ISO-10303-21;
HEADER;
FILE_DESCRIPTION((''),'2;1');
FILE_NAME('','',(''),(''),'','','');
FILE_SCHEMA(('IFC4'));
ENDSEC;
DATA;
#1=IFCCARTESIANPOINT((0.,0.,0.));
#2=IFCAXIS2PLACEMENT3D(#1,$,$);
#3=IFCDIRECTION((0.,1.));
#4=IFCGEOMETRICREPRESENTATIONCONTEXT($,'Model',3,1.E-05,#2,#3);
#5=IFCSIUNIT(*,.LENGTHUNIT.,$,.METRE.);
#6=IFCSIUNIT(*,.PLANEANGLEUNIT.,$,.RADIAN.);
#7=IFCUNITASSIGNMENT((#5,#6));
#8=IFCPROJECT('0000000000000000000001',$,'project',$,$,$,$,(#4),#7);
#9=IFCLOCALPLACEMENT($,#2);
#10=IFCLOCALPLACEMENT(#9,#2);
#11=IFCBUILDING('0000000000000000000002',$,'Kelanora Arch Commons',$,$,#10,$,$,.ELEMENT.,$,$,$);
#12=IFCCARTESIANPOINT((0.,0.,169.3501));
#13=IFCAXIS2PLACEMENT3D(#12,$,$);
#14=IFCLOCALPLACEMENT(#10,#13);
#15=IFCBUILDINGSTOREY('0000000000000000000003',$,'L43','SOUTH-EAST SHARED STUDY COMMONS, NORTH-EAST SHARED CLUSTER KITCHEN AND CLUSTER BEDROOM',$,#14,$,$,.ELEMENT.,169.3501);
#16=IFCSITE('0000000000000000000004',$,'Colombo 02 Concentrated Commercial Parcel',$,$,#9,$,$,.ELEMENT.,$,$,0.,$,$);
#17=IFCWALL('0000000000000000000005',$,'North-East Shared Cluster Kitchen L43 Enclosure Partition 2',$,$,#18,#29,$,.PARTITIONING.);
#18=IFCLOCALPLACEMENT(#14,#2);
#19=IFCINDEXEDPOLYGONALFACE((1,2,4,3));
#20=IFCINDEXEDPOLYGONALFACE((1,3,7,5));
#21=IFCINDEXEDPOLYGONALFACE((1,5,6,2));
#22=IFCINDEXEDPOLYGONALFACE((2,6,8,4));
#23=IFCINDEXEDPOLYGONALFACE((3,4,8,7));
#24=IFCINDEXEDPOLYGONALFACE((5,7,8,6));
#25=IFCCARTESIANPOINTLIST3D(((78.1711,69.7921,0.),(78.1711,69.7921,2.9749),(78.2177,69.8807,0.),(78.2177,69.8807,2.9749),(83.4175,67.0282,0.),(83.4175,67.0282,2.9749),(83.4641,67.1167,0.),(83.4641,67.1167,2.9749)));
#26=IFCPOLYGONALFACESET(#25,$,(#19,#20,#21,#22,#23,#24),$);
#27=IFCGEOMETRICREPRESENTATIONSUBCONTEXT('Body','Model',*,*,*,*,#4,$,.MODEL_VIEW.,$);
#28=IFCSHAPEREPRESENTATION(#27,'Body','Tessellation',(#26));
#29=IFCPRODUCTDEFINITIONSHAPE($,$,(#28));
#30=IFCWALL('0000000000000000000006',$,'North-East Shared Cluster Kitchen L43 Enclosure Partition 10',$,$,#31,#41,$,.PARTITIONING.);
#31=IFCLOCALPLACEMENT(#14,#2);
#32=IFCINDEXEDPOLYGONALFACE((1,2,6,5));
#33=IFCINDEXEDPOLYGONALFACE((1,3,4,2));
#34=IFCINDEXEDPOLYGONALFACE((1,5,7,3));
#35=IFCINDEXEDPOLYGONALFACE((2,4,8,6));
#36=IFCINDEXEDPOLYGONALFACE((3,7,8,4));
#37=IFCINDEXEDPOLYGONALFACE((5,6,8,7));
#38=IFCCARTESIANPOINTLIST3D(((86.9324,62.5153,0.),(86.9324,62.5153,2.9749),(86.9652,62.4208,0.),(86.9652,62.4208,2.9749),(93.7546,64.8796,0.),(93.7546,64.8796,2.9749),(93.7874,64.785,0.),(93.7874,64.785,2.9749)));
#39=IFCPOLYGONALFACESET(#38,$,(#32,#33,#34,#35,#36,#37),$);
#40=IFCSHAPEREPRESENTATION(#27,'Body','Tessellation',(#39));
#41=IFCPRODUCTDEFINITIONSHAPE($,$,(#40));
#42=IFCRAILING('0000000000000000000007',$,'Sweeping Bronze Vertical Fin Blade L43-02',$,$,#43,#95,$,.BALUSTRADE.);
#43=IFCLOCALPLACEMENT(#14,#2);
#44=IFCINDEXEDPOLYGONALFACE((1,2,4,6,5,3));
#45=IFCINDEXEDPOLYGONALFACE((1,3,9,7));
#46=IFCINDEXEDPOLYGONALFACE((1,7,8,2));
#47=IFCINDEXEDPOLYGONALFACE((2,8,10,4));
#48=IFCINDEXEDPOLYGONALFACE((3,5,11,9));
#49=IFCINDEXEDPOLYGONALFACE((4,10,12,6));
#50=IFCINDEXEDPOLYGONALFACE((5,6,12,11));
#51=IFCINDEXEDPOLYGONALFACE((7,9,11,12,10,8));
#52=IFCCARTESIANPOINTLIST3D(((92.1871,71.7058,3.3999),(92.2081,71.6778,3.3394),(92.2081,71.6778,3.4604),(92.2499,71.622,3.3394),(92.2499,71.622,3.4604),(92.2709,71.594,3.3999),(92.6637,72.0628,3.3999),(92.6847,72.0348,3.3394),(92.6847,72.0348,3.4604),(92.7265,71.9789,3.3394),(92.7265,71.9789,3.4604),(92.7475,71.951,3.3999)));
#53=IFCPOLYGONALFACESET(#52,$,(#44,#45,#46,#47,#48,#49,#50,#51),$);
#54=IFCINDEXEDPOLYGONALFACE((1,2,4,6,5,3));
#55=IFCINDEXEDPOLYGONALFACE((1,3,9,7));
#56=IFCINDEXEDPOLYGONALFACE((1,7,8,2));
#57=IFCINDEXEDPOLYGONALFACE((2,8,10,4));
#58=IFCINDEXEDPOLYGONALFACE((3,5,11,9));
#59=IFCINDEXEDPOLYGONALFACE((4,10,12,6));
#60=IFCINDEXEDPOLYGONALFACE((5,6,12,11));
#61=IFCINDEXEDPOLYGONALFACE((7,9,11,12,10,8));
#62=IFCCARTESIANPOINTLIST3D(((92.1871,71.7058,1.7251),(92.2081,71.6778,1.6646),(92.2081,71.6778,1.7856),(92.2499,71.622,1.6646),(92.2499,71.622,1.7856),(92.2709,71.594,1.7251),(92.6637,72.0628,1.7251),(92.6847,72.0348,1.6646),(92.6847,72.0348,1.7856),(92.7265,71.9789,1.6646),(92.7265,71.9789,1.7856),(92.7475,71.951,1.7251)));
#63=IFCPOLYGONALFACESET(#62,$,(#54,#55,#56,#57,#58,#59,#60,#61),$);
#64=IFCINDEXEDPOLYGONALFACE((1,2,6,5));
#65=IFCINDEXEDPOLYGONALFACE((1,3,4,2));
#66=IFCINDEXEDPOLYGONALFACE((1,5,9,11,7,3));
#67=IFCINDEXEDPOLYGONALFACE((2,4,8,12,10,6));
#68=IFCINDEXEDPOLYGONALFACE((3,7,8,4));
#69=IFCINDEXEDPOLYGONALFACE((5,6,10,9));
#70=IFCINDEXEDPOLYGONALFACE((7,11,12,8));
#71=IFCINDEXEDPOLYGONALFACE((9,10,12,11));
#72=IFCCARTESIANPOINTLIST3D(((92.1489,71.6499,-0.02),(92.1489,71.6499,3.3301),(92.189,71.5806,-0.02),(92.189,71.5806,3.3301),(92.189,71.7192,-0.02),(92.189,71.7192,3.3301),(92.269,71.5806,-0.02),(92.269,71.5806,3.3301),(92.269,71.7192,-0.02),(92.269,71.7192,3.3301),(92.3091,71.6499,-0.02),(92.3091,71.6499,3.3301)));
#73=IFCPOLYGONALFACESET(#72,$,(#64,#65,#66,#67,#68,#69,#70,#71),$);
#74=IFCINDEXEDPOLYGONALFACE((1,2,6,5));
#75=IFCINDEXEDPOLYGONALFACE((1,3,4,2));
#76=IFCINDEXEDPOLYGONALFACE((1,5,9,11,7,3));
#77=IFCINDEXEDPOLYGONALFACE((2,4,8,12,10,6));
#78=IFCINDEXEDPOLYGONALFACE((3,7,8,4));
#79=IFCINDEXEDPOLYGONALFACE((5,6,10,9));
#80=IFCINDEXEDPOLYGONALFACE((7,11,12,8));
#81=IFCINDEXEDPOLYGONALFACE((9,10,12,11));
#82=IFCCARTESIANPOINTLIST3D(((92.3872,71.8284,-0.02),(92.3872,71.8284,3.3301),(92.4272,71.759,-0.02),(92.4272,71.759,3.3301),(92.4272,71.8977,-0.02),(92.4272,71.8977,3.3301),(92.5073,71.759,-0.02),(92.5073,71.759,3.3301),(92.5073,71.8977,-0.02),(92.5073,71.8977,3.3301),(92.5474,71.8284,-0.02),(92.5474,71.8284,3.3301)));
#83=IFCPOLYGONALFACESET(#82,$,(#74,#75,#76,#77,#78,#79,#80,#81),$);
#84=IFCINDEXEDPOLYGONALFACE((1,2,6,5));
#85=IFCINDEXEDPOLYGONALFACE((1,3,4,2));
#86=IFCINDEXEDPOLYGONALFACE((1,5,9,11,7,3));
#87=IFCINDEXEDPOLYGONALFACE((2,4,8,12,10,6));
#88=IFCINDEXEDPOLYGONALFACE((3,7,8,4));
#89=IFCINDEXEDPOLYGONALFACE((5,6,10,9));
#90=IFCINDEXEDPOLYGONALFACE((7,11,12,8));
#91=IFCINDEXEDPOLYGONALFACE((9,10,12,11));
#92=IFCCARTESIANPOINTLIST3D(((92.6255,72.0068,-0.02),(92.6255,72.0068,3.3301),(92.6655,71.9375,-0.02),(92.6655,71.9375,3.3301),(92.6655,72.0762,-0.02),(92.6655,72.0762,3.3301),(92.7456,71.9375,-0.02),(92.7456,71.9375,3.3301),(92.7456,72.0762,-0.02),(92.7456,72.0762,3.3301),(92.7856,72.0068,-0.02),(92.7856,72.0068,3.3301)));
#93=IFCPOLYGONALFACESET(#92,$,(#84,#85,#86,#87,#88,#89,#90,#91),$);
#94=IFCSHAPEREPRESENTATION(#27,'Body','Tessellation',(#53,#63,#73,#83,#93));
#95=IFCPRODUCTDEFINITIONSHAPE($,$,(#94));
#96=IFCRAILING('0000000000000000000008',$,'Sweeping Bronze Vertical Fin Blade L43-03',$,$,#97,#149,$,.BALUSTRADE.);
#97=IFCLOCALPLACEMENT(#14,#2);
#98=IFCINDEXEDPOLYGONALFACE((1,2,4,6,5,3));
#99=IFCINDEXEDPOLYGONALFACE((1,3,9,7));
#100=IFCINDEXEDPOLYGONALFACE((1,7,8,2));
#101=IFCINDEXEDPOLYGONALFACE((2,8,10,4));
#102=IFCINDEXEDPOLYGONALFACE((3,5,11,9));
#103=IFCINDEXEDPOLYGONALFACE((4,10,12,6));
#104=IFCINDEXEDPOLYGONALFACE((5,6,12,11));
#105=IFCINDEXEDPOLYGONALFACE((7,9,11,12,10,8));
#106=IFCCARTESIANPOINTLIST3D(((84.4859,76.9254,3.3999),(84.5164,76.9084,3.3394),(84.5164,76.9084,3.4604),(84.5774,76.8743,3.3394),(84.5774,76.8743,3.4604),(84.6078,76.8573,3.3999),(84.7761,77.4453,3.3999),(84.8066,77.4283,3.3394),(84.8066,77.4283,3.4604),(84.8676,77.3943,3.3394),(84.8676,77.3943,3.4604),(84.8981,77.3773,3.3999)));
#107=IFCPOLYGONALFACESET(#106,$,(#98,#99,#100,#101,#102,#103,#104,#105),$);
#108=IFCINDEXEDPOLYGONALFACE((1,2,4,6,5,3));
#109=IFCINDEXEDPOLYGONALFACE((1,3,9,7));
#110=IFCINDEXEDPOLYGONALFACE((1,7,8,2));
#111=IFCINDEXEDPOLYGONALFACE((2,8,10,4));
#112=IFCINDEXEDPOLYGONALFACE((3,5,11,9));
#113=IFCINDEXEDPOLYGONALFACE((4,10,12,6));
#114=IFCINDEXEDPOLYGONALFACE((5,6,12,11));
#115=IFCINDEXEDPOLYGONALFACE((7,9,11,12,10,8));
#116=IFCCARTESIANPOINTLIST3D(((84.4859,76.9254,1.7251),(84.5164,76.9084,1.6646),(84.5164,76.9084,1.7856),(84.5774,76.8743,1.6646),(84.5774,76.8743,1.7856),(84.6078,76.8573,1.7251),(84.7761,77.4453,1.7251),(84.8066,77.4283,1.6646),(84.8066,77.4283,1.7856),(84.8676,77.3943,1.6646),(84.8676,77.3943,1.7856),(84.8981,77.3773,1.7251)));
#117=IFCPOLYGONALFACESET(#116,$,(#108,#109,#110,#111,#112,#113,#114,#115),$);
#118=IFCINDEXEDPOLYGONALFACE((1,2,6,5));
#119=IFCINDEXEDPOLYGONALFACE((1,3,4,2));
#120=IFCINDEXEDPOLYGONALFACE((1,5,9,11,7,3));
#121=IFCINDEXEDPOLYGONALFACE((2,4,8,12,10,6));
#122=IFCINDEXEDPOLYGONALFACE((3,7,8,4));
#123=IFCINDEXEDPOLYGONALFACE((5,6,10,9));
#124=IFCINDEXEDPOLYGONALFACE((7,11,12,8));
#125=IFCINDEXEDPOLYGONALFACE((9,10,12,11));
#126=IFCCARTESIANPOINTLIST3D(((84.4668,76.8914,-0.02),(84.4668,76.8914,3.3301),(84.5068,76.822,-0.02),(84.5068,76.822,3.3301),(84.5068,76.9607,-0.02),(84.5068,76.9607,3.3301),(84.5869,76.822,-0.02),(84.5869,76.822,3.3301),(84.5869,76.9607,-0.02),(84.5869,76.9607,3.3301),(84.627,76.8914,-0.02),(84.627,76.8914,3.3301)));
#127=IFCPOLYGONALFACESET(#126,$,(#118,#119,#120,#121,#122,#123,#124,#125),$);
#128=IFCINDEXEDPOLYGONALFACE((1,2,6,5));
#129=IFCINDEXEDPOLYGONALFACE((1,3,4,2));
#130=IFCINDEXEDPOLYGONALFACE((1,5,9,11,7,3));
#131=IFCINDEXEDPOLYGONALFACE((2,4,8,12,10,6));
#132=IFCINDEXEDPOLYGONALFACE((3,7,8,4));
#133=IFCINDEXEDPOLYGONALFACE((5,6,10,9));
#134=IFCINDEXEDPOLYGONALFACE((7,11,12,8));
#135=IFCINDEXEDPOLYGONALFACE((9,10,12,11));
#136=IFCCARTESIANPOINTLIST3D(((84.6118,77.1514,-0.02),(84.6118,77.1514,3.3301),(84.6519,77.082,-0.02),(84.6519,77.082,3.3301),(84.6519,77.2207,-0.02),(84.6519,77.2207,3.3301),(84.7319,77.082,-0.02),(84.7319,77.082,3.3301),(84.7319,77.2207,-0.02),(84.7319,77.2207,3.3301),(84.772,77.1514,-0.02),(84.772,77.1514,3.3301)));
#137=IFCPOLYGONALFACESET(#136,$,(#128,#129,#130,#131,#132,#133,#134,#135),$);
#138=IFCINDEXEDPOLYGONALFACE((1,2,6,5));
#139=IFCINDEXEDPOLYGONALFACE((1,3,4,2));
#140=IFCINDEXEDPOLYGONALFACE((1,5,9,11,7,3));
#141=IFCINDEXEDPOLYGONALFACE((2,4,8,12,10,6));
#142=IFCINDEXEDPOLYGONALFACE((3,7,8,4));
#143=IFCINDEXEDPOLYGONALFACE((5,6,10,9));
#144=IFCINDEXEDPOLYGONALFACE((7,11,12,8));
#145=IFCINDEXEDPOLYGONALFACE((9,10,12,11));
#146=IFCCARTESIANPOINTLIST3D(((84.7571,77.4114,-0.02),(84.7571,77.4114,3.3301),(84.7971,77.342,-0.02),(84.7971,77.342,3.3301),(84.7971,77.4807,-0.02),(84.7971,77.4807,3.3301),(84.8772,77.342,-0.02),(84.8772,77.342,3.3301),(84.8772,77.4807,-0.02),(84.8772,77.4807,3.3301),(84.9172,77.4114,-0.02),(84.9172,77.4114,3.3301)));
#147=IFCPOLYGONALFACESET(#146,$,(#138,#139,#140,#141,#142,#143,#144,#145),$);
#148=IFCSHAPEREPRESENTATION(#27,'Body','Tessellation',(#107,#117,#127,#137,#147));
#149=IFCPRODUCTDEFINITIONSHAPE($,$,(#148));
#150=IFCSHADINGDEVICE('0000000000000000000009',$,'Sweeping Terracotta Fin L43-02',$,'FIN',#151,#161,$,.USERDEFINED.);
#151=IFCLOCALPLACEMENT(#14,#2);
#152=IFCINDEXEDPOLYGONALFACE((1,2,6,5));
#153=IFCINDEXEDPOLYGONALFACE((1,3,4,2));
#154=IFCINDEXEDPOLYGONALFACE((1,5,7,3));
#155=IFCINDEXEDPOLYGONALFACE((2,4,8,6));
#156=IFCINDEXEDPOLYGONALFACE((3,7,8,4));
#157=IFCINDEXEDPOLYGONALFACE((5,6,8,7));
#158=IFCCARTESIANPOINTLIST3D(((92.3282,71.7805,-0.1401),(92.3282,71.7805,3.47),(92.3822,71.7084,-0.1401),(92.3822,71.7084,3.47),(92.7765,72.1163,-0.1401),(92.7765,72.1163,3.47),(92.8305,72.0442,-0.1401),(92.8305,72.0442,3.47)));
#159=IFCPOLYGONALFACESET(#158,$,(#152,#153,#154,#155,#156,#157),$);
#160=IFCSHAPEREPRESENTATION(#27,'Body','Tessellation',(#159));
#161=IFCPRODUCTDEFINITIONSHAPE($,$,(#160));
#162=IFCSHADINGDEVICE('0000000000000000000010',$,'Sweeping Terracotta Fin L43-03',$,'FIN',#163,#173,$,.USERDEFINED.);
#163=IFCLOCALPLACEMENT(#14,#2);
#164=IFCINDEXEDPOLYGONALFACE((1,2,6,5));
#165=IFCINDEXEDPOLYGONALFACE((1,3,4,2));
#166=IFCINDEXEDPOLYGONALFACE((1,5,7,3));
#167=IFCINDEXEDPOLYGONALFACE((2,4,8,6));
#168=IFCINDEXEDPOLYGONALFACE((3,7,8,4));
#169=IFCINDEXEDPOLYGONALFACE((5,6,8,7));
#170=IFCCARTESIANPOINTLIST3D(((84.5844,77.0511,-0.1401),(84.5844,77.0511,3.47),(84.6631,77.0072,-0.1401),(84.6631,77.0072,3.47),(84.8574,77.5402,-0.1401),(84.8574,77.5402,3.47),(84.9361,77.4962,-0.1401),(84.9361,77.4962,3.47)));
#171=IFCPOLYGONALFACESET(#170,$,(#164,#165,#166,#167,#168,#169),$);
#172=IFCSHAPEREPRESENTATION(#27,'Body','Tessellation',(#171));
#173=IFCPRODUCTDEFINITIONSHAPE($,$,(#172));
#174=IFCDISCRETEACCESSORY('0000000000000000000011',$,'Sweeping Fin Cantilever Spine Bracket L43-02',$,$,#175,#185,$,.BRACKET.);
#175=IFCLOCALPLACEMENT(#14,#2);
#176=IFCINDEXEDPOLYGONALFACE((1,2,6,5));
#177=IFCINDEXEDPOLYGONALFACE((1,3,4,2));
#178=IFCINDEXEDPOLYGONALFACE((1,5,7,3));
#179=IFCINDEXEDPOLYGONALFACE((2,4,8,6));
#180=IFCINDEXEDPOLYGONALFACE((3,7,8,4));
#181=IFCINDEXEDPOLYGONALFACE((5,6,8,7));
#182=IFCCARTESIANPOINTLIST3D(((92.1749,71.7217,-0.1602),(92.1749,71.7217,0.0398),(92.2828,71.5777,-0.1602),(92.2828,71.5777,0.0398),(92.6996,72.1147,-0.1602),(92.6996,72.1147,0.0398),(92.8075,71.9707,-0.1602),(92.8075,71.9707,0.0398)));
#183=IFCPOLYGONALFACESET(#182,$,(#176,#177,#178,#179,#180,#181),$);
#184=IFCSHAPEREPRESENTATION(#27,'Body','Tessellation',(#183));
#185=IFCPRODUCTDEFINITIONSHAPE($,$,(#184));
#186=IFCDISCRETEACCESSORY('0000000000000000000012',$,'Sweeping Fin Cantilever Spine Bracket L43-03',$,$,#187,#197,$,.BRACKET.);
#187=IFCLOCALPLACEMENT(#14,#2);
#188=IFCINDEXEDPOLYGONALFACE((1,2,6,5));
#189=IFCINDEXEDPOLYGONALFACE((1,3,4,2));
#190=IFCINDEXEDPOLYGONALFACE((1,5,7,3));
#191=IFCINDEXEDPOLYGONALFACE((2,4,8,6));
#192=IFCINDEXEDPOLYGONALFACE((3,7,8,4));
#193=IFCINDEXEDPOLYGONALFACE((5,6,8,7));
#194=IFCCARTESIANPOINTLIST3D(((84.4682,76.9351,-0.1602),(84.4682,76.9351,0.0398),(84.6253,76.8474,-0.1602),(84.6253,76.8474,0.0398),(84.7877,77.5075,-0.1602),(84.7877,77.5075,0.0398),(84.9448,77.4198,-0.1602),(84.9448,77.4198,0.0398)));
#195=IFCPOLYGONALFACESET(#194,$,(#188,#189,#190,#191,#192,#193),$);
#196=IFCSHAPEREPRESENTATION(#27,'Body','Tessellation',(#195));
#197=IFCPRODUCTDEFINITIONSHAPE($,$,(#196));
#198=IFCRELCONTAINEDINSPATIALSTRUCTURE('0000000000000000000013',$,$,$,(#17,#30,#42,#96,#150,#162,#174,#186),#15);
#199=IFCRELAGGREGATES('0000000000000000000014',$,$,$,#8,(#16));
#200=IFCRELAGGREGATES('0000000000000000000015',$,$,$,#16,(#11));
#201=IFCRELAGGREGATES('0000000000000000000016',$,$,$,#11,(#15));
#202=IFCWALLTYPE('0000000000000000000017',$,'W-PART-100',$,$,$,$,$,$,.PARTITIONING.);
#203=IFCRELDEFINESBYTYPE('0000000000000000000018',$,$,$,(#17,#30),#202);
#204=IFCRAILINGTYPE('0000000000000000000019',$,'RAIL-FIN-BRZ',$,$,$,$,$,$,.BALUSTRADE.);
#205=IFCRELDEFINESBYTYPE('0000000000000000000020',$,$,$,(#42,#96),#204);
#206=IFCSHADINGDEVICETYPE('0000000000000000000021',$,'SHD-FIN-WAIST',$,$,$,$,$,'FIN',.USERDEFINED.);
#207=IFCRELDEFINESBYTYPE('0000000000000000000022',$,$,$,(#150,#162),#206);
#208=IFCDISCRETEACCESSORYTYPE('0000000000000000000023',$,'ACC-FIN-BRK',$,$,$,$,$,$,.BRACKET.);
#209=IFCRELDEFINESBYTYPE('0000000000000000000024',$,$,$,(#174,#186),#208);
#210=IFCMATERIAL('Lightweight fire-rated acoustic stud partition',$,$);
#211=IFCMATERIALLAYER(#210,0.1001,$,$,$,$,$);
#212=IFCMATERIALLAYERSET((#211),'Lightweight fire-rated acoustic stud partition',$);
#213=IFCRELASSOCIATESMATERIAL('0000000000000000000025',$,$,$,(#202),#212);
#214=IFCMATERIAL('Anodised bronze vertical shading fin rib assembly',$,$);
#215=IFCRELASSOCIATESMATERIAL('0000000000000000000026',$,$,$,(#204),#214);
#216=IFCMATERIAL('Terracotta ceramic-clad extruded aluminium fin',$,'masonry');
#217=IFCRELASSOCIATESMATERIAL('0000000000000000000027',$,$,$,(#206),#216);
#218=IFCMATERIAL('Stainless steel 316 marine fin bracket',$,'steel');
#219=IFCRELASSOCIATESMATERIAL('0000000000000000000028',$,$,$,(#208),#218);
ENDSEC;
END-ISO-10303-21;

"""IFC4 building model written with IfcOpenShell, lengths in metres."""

from ifc_helpers import new_model, si_unit, direction, frame, frame_2d, origin, origin_2d, place, context, subcontext, project, spatial, polyline, rectangle, outline, extrude, source, transform, mapped, material, layer, layer_set, type_object, element, save


model = new_model("IFC4")

# Units and contexts
model_context = context("Model", 3, precision=1e-05, world=origin(), true_north=direction((0.0, 1.0)))
body_context = subcontext(model_context, "Body", "Model", "MODEL_VIEW")
ifc_project = project(units=[si_unit("LENGTHUNIT", "METRE"), si_unit("PLANEANGLEUNIT", "RADIAN")], contexts=[model_context])

# Site, building, storey
site_placement = place(None, origin())
site = spatial("IfcSite", under=ifc_project, at=site_placement, Name="Colombo 02 Concentrated Commercial Parcel", CompositionType="ELEMENT", RefElevation=0.0)
building_placement = place(site_placement, origin())
building = spatial("IfcBuilding", under=site, at=building_placement, Name="Kelanora Arch Commons", CompositionType="ELEMENT")
storey_placement = place(building_placement, frame((0.0, 0.0, 169.3501)))
storey = spatial("IfcBuildingStorey", under=building, at=storey_placement, Name="L43", Description="SOUTH-EAST SHARED STUDY COMMONS, NORTH-EAST SHARED CLUSTER KITCHEN AND CLUSTER BEDROOM", CompositionType="ELEMENT", Elevation=169.3501)

# Walls
ifc_material_1 = material(Name="Lightweight fire-rated acoustic stud partition")
ifc_layer_1 = layer(ifc_material_1, 0.1001)
ifc_layer_set_1 = layer_set([ifc_layer_1], Name="Lightweight fire-rated acoustic stud partition")
wall_type_1 = type_object("IfcWallType", Name="W-PART-100", PredefinedType="PARTITIONING", material=ifc_layer_set_1)
wall_1_placement = place(storey_placement, frame((83.4407, 67.0725, 0.0), z_axis=(0.0, 0.0, 1.0), x_axis=(-0.884731, 0.466101, 0.0)))
element("IfcWall", 1, at=wall_1_placement, inside=storey, type_object=wall_type_1, Name="North-East Shared Cluster Kitchen L43 Enclosure Partition 2", PredefinedType="PARTITIONING", context=body_context, shape_type="SweptSolid", body=[
    extrude(rectangle(XDim=5.9299, YDim=0.1001, at=frame_2d((2.9648, 0.0))), origin(), (0.0, 0.0, 1.0), 2.9749),
])
wall_2_placement = place(storey_placement, frame((93.771, 64.8323, 0.0), z_axis=(0.0, 0.0, 1.0), x_axis=(-0.94487, -0.327445, 0.0)))
element("IfcWall", 2, at=wall_2_placement, inside=storey, type_object=wall_type_1, Name="North-East Shared Cluster Kitchen L43 Enclosure Partition 10", PredefinedType="PARTITIONING", context=body_context, shape_type="SweptSolid", body=[
    extrude(rectangle(XDim=7.2202, YDim=0.1001, at=frame_2d((3.6101, 0.0))), origin(), (0.0, 0.0, 1.0), 2.9749),
])

# Railings
ifc_material_2 = material(Name="Anodised bronze vertical shading fin rib assembly")
railing_type = type_object("IfcRailingType", Name="RAIL-FIN-BRZ", PredefinedType="BALUSTRADE", material=ifc_material_2)
railing_1_placement = place(storey_placement, frame((92.229, 71.6499, -0.02)))
element("IfcRailing", 3, at=railing_1_placement, inside=storey, type_object=railing_type, Name="Sweeping Bronze Vertical Fin Blade L43-02", PredefinedType="BALUSTRADE", context=body_context, shape_type="SweptSolid", body=[
    extrude(outline(polyline([(0.0698, 0.0), (0.0349, 0.0605), (-0.0349, 0.0605), (-0.0698, 0.0), (-0.0349, -0.0605), (0.0349, -0.0605), (0.0698, 0.0)])), frame((0.0, 0.0, 3.4199), z_axis=(0.800393, 0.599475, 0.0), x_axis=(-0.599475, 0.800393, 0.0)), (0.0, 0.0, 1.0), 0.5955),
    extrude(outline(polyline([(0.0698, 0.0), (0.0349, 0.0605), (-0.0349, 0.0605), (-0.0698, 0.0), (-0.0349, -0.0605), (0.0349, -0.0605), (0.0698, 0.0)])), frame((0.0, 0.0, 1.7451), z_axis=(0.800393, 0.599475, 0.0), x_axis=(-0.599475, 0.800393, 0.0)), (0.0, 0.0, 1.0), 0.5955),
    extrude(outline(polyline([(0.0801, 0.0), (0.04, 0.0693), (-0.04, 0.0693), (-0.0801, 0.0), (-0.04, -0.0693), (0.04, -0.0693), (0.0801, 0.0)])), origin(), (0.0, 0.0, 1.0), 3.3501),
    extrude(outline(polyline([(0.0801, 0.0), (0.04, 0.0693), (-0.04, 0.0693), (-0.0801, 0.0), (-0.04, -0.0693), (0.04, -0.0693), (0.0801, 0.0)])), frame((0.2383, 0.1785, 0.0)), (0.0, 0.0, 1.0), 3.3501),
    extrude(outline(polyline([(0.0801, 0.0), (0.04, 0.0693), (-0.04, 0.0693), (-0.0801, 0.0), (-0.04, -0.0693), (0.04, -0.0693), (0.0801, 0.0)])), frame((0.4766, 0.3569, 0.0)), (0.0, 0.0, 1.0), 3.3501),
])
railing_2_placement = place(storey_placement, frame((84.5469, 76.8914, -0.02)))
element("IfcRailing", 4, at=railing_2_placement, inside=storey, type_object=railing_type, Name="Sweeping Bronze Vertical Fin Blade L43-03", PredefinedType="BALUSTRADE", context=body_context, shape_type="SweptSolid", body=[
    extrude(outline(polyline([(0.0698, 0.0), (0.0349, 0.0605), (-0.0349, 0.0605), (-0.0698, 0.0), (-0.0349, -0.0605), (0.0349, -0.0605), (0.0698, 0.0)])), frame((0.0, 0.0, 3.4199), z_axis=(0.487417, 0.873169, 0.0), x_axis=(-0.873169, 0.487417, 0.0)), (0.0, 0.0, 1.0), 0.5955),
    extrude(outline(polyline([(0.0698, 0.0), (0.0349, 0.0605), (-0.0349, 0.0605), (-0.0698, 0.0), (-0.0349, -0.0605), (0.0349, -0.0605), (0.0698, 0.0)])), frame((0.0, 0.0, 1.7451), z_axis=(0.487417, 0.873169, 0.0), x_axis=(-0.873169, 0.487417, 0.0)), (0.0, 0.0, 1.0), 0.5955),
    extrude(outline(polyline([(0.0801, 0.0), (0.04, 0.0693), (-0.04, 0.0693), (-0.0801, 0.0), (-0.04, -0.0693), (0.04, -0.0693), (0.0801, 0.0)])), origin(), (0.0, 0.0, 1.0), 3.3501),
    extrude(outline(polyline([(0.0801, 0.0), (0.04, 0.0693), (-0.04, 0.0693), (-0.0801, 0.0), (-0.04, -0.0693), (0.04, -0.0693), (0.0801, 0.0)])), frame((0.145, 0.26, 0.0)), (0.0, 0.0, 1.0), 3.3501),
    extrude(outline(polyline([(0.0801, 0.0), (0.04, 0.0693), (-0.04, 0.0693), (-0.0801, 0.0), (-0.04, -0.0693), (0.04, -0.0693), (0.0801, 0.0)])), frame((0.2903, 0.52, 0.0)), (0.0, 0.0, 1.0), 3.3501),
])

# Shading devices
ifc_material_3 = material(Name="Terracotta ceramic-clad extruded aluminium fin", Category="masonry")
shading_device_type = type_object("IfcShadingDeviceType", Name="SHD-FIN-WAIST", ElementType="FIN", PredefinedType="USERDEFINED", material=ifc_material_3)
shared_shape_1 = source(origin(), body_context, "Body", "SweptSolid", [
    extrude(rectangle(XDim=0.5601, YDim=0.0901, at=origin_2d()), origin(), (0.0, 0.0, 1.0), 3.6101),
])
for number, where, z_axis, x_axis, name in (
    (5, (92.5793, 71.9124, -0.1401), (0.0, 0.0, 1.0), (0.800418, 0.599443, 0.0), "Sweeping Terracotta Fin L43-02"),
    (6, (84.7603, 77.2737, -0.1401), (0.0, 0.0, 1.0), (0.487403, 0.873177, 0.0), "Sweeping Terracotta Fin L43-03"),
):
    element("IfcShadingDevice", number, at=place(storey_placement, frame(where, z_axis=z_axis, x_axis=x_axis)), inside=storey, type_object=shading_device_type, Name=name, ObjectType="FIN", PredefinedType="USERDEFINED", context=body_context, shape_type="MappedRepresentation", body=[
        mapped(shared_shape_1, transform((0.0, 0.0, 0.0), scale=1.0)),
    ])

# Discrete accessories
ifc_material_4 = material(Name="Stainless steel 316 marine fin bracket", Category="steel")
discrete_accessory_type = type_object("IfcDiscreteAccessoryType", Name="ACC-FIN-BRK", PredefinedType="BRACKET", material=ifc_material_4)
shared_shape_2 = source(origin(), body_context, "Body", "SweptSolid", [
    extrude(rectangle(XDim=0.6555, YDim=0.1799, at=origin_2d()), origin(), (0.0, 0.0, 1.0), 0.2),
])
for number, where, z_axis, x_axis, name in (
    (7, (92.4912, 71.8462, -0.1602), (0.0, 0.0, 1.0), (0.800418, 0.599443, 0.0), "Sweeping Fin Cantilever Spine Bracket L43-02"),
    (8, (84.7065, 77.1775, -0.1602), (0.0, 0.0, 1.0), (0.487403, 0.873177, 0.0), "Sweeping Fin Cantilever Spine Bracket L43-03"),
):
    element("IfcDiscreteAccessory", number, at=place(storey_placement, frame(where, z_axis=z_axis, x_axis=x_axis)), inside=storey, type_object=discrete_accessory_type, Name=name, PredefinedType="BRACKET", context=body_context, shape_type="MappedRepresentation", body=[
        mapped(shared_shape_2, transform((0.0, 0.0, 0.0), scale=1.0)),
    ])

save(model, "model.ifc")
